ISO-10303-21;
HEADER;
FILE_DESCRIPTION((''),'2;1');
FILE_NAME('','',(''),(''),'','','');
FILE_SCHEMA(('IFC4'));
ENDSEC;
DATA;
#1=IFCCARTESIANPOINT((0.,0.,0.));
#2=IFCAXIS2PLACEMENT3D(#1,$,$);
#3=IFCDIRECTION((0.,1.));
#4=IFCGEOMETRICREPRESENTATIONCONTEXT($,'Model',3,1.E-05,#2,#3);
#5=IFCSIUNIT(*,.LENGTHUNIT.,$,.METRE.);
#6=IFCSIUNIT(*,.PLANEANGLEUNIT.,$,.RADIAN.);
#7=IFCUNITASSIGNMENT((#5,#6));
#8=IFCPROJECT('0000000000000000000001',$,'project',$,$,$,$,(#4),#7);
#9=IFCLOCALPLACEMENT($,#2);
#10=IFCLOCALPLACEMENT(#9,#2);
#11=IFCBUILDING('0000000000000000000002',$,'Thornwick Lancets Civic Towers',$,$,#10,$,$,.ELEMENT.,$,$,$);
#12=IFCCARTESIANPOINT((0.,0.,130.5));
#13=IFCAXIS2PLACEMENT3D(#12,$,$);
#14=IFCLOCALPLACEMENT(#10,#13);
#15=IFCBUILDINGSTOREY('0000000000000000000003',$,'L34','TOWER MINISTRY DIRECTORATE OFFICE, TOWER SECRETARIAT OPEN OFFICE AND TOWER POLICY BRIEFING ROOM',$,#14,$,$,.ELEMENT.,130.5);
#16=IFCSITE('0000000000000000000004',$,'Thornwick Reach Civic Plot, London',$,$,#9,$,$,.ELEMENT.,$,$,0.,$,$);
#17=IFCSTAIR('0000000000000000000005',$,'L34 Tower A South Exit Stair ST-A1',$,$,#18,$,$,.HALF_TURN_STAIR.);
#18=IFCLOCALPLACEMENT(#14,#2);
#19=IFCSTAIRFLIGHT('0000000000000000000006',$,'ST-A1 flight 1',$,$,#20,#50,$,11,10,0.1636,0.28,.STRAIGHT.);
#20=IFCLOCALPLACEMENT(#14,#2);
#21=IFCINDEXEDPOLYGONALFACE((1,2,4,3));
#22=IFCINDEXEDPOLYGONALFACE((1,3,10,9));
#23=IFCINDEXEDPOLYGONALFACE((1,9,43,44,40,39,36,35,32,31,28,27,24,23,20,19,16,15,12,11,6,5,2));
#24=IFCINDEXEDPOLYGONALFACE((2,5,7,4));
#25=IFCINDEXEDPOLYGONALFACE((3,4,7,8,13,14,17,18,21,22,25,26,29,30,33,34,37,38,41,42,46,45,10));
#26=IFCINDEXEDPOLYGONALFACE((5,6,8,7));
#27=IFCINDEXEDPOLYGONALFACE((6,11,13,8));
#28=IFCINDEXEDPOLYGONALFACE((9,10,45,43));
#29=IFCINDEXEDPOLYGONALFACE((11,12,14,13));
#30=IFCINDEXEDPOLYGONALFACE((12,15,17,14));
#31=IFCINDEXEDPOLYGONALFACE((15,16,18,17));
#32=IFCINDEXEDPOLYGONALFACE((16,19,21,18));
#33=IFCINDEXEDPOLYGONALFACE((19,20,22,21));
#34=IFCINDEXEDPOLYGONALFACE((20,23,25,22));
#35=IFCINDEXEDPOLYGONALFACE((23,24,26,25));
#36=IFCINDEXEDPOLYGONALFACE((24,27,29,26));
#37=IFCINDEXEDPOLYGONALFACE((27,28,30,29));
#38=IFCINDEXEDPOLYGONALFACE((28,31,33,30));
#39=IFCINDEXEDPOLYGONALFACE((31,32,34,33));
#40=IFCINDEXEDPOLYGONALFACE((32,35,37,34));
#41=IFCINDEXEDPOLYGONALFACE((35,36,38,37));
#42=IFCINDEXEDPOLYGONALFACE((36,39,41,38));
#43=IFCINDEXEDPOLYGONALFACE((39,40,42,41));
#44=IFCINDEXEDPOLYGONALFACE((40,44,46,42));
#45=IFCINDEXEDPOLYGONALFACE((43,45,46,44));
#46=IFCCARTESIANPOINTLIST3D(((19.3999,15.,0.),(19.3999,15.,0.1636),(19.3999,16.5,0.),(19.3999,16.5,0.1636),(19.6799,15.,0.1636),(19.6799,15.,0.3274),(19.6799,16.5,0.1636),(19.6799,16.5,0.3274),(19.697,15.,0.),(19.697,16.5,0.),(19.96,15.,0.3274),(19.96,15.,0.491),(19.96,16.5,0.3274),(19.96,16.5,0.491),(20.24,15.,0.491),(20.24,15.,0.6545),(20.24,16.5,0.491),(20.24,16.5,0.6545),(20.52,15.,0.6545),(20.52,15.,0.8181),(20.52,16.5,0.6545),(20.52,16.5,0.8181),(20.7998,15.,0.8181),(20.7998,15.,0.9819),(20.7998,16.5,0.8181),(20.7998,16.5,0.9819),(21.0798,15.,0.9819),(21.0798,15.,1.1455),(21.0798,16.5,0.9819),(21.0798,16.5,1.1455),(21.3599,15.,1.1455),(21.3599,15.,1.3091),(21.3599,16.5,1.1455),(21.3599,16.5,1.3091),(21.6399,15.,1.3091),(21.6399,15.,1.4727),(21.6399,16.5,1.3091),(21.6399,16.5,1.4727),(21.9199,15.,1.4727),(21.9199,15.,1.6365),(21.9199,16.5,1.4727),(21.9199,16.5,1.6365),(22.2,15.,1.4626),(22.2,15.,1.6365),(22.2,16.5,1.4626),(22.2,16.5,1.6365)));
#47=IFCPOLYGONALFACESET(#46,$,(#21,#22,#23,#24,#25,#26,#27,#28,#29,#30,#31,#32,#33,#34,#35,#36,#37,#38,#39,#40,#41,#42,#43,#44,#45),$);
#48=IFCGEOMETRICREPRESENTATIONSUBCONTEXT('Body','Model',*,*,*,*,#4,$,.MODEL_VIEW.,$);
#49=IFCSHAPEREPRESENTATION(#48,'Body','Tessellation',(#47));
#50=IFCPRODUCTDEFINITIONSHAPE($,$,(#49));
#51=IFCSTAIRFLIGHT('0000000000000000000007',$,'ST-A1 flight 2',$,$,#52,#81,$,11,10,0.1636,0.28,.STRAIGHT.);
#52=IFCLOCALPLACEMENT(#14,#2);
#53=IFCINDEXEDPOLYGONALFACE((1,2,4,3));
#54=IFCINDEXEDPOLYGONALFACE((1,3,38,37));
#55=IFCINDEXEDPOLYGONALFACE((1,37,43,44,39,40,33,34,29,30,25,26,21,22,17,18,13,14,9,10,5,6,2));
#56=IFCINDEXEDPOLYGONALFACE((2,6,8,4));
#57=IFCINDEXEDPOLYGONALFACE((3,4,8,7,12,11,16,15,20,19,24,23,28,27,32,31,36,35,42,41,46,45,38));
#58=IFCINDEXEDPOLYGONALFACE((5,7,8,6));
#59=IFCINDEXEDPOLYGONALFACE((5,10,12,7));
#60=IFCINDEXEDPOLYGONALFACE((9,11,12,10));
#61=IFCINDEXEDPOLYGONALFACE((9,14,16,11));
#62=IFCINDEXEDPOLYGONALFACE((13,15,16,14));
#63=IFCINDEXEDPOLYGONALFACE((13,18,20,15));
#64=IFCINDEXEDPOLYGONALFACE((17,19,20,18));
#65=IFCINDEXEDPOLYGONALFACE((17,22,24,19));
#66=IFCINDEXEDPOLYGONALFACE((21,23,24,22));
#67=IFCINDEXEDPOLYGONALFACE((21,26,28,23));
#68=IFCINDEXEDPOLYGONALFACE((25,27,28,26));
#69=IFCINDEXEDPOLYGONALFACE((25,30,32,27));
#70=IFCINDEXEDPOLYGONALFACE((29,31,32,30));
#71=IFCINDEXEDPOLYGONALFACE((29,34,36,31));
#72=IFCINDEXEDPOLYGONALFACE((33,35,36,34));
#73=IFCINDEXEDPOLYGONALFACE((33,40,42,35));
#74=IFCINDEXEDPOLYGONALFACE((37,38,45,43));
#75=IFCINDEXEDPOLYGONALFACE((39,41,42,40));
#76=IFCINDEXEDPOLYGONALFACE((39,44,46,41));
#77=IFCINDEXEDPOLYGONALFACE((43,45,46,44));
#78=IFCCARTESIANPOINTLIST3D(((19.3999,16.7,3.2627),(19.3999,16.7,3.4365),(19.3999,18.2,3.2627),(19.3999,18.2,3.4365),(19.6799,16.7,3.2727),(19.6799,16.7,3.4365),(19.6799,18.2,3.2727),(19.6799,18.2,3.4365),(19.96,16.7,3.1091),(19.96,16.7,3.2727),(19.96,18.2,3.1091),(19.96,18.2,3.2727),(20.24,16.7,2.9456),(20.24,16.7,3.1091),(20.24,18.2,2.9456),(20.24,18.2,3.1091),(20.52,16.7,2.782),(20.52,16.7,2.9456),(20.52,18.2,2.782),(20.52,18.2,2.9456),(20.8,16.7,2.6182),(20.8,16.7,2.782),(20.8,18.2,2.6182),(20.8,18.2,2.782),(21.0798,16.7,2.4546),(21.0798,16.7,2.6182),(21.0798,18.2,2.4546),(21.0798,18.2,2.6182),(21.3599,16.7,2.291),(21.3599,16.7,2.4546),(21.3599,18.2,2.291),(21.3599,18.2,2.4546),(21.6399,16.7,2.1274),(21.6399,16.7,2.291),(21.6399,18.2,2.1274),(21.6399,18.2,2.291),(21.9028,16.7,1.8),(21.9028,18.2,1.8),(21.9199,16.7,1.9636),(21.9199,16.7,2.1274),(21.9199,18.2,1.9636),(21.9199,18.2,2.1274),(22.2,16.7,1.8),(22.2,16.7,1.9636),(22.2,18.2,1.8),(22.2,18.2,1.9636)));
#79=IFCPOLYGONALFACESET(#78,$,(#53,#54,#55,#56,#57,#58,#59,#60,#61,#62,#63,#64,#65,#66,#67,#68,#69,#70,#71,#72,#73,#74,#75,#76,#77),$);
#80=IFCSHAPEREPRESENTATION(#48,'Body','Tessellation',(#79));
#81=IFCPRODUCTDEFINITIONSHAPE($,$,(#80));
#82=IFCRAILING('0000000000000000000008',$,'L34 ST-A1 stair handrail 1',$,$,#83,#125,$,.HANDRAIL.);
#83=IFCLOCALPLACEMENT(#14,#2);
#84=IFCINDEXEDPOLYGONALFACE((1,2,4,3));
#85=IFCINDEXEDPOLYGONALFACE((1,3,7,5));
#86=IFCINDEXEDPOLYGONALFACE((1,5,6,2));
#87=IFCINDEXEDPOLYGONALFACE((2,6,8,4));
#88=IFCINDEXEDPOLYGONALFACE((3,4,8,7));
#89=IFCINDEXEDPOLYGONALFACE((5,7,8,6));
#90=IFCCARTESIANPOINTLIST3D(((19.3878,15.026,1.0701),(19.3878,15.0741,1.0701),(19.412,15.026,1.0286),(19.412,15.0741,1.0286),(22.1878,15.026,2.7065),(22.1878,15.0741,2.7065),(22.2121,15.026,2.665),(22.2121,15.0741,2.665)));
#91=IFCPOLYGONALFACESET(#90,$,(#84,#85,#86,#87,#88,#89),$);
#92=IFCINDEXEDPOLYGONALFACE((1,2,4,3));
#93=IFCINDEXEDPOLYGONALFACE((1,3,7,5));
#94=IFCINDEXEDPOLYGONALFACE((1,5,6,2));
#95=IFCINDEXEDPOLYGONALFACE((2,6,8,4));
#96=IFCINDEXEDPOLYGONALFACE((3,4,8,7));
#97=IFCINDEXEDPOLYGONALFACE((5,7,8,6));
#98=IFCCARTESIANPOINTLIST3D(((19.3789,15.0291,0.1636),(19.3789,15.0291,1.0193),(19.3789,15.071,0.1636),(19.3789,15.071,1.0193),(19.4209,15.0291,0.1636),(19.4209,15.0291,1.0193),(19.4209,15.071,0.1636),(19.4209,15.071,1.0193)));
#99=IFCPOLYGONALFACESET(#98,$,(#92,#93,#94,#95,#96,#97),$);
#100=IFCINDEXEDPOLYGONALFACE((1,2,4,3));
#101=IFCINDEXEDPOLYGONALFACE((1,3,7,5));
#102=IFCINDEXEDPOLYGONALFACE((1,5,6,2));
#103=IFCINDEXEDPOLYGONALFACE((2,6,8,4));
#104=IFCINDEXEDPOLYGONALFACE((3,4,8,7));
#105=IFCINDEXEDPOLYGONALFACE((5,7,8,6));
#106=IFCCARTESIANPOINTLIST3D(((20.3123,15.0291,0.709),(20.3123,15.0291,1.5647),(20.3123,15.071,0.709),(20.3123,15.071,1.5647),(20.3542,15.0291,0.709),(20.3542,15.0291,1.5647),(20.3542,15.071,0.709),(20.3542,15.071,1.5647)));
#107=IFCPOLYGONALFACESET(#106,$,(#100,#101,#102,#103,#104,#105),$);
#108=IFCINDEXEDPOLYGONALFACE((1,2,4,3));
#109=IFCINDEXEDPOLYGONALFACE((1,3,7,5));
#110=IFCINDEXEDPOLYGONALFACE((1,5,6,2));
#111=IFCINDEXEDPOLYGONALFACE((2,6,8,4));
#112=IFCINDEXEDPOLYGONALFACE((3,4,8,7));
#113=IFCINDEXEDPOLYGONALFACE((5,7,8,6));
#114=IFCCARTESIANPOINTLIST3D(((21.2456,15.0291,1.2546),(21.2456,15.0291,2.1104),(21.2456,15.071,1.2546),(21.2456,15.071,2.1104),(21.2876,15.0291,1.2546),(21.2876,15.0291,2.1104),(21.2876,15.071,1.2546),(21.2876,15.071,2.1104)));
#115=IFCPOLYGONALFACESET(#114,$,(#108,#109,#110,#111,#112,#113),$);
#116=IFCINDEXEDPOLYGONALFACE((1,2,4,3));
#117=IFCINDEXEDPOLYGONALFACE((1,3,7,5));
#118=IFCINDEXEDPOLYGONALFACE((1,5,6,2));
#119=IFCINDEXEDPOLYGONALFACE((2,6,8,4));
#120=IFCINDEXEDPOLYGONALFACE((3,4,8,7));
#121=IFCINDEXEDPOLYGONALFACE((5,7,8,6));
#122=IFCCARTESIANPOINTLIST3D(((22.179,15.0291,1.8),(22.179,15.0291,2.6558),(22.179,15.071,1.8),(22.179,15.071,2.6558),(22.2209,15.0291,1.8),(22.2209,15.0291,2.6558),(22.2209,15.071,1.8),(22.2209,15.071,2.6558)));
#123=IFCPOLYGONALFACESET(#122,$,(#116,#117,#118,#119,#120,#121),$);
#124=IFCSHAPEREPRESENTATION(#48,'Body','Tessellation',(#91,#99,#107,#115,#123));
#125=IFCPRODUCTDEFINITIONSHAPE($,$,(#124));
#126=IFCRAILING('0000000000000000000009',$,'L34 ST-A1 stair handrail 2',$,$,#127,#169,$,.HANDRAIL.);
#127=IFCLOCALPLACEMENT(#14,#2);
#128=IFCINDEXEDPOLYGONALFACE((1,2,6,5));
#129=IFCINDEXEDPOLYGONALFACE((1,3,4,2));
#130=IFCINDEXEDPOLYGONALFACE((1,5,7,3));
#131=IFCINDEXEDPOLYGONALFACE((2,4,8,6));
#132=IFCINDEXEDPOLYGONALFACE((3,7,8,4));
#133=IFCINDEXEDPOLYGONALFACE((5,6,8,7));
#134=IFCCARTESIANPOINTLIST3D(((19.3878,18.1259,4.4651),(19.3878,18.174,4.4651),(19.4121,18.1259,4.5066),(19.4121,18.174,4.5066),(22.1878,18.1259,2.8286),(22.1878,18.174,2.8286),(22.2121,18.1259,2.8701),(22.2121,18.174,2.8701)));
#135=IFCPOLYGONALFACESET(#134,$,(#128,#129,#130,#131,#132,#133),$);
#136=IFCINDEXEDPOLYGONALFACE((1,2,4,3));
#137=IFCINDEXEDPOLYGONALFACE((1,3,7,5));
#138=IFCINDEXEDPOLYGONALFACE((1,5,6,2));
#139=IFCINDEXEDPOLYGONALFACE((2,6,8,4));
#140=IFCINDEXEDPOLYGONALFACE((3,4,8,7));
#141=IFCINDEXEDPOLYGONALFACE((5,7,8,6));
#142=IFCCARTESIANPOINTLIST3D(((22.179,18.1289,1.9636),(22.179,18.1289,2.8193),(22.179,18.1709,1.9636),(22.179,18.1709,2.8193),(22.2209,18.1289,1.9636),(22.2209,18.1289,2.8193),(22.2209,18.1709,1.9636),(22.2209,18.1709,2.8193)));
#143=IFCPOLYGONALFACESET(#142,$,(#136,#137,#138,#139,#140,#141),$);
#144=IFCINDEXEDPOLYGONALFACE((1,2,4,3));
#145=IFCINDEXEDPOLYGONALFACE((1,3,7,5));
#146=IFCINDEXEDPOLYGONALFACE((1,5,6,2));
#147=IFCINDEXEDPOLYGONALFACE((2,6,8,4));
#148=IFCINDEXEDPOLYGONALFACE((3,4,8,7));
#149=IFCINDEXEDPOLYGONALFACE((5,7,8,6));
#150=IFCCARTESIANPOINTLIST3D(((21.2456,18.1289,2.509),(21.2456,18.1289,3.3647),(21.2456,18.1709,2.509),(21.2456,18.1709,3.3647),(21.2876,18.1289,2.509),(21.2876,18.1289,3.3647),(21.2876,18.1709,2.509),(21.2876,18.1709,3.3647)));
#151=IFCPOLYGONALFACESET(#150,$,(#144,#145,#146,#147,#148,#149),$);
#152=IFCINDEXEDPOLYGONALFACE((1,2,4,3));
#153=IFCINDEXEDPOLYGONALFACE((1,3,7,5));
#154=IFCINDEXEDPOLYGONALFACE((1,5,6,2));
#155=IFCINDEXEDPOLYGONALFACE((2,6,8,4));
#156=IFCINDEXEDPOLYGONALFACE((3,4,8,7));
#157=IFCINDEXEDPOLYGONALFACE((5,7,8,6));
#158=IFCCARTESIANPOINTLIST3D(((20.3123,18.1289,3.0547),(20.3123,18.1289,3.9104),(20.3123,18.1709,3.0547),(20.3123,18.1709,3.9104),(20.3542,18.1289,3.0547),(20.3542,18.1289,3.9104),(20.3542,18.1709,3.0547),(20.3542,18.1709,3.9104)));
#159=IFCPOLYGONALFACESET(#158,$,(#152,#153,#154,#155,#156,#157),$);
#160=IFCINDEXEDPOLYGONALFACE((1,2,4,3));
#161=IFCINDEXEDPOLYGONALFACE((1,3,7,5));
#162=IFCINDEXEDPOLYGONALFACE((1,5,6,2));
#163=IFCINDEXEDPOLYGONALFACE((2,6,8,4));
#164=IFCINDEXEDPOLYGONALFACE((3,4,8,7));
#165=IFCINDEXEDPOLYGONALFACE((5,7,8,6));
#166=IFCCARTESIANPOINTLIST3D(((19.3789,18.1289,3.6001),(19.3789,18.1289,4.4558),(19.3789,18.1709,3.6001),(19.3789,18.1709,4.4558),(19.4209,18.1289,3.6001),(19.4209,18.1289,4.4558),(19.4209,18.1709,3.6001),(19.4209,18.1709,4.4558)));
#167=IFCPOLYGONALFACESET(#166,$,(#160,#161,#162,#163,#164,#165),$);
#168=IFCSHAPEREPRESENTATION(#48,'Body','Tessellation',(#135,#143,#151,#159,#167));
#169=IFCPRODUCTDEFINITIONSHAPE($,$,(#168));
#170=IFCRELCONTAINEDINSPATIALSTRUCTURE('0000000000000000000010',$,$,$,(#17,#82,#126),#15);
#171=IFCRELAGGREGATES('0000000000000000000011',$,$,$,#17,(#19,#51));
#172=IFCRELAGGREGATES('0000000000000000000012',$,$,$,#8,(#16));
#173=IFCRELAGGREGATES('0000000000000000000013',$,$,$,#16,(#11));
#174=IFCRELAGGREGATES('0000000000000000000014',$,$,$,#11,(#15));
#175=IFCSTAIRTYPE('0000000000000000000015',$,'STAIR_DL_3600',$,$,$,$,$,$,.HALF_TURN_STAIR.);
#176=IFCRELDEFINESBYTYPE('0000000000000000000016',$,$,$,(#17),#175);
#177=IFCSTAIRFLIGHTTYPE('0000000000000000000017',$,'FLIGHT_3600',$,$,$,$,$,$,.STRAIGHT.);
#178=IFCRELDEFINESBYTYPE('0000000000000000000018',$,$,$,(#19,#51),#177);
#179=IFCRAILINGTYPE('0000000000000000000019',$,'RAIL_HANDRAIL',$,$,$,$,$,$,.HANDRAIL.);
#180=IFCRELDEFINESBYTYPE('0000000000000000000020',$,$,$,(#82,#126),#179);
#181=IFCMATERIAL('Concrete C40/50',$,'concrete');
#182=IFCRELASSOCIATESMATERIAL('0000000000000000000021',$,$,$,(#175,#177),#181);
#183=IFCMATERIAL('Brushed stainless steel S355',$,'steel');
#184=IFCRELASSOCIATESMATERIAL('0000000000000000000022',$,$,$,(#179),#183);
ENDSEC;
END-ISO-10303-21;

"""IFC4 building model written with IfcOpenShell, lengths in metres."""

from ifc_helpers import new_model, si_unit, direction, frame, origin, origin_2d, place, context, subcontext, project, spatial, polyline, rectangle, outline, extrude, material, type_object, element, aggregate, save


model = new_model("IFC4")

# Units and contexts
model_context = context("Model", 3, precision=1e-05, world=origin(), true_north=direction((0.0, 1.0)))
body_context = subcontext(model_context, "Body", "Model", "MODEL_VIEW")
ifc_project = project(units=[si_unit("LENGTHUNIT", "METRE"), si_unit("PLANEANGLEUNIT", "RADIAN")], contexts=[model_context])

# Site, building, storey
site_placement = place(None, origin())
site = spatial("IfcSite", under=ifc_project, at=site_placement, Name="Thornwick Reach Civic Plot, London", CompositionType="ELEMENT", RefElevation=0.0)
building_placement = place(site_placement, origin())
building = spatial("IfcBuilding", under=site, at=building_placement, Name="Thornwick Lancets Civic Towers", CompositionType="ELEMENT")
storey_placement = place(building_placement, frame((0.0, 0.0, 130.5)))
storey = spatial("IfcBuildingStorey", under=building, at=storey_placement, Name="L34", Description="TOWER MINISTRY DIRECTORATE OFFICE, TOWER SECRETARIAT OPEN OFFICE AND TOWER POLICY BRIEFING ROOM", CompositionType="ELEMENT", Elevation=130.5)

# Shared definitions
ifc_material_1 = material(Name="Concrete C40/50", Category="concrete")

# Stair, stair flights
stair_type = type_object("IfcStairType", Name="STAIR_DL_3600", PredefinedType="HALF_TURN_STAIR", material=ifc_material_1)
stair_placement = place(storey_placement, origin())
stair = element("IfcStair", 1, at=stair_placement, inside=storey, type_object=stair_type, Name="L34 Tower A South Exit Stair ST-A1", PredefinedType="HALF_TURN_STAIR")
stair_flight_type = type_object("IfcStairFlightType", Name="FLIGHT_3600", PredefinedType="STRAIGHT", material=ifc_material_1)
stair_flight_1_placement = place(storey_placement, frame((19.3999, 15.75, 0.0), z_axis=(0.0, 0.0, 1.0), x_axis=(1.0, 0.0, 0.0)))
stair_flight_1 = element("IfcStairFlight", 2, at=stair_flight_1_placement, type_object=stair_flight_type, Name="ST-A1 flight 1", NumberOfRisers=11, NumberOfTreads=10, PredefinedType="STRAIGHT", RiserHeight=0.1636, TreadLength=0.28, context=body_context, shape_type="SweptSolid", body=[
    extrude(outline(polyline([(0.0, 0.0), (0.0, 0.1636), (0.28, 0.1636), (0.28, 0.3274), (0.5601, 0.3274), (0.5601, 0.491), (0.8401, 0.491), (0.8401, 0.6545), (1.1201, 0.6545), (1.1201, 0.8181), (1.3999, 0.8181), (1.3999, 0.9819), (1.6799, 0.9819), (1.6799, 1.1455), (1.96, 1.1455), (1.96, 1.3091), (2.24, 1.3091), (2.24, 1.4727), (2.52, 1.4727), (2.52, 1.6365), (2.8, 1.6365), (2.8, 1.8), (2.8, 1.4626), (0.2971, 0.0), (0.0, 0.0)])), frame((0.0, 0.75, 0.0), z_axis=(0.0, -1.0, 0.0), x_axis=(1.0, 0.0, 0.0)), (0.0, 0.0, 1.0), 1.5),
])
stair_flight_2_placement = place(storey_placement, frame((22.2, 17.45, 1.8), z_axis=(0.0, 0.0, 1.0), x_axis=(-1.0, 0.0, 0.0)))
stair_flight_2 = element("IfcStairFlight", 3, at=stair_flight_2_placement, type_object=stair_flight_type, Name="ST-A1 flight 2", NumberOfRisers=11, NumberOfTreads=10, PredefinedType="STRAIGHT", RiserHeight=0.1636, TreadLength=0.28, context=body_context, shape_type="SweptSolid", body=[
    extrude(outline(polyline([(0.0, 0.0), (0.0, 0.1636), (0.28, 0.1636), (0.28, 0.3274), (0.5601, 0.3274), (0.5601, 0.491), (0.8401, 0.491), (0.8401, 0.6545), (1.1201, 0.6545), (1.1201, 0.8181), (1.3999, 0.8181), (1.3999, 0.9819), (1.6799, 0.9819), (1.6799, 1.1455), (1.96, 1.1455), (1.96, 1.3091), (2.24, 1.3091), (2.24, 1.4727), (2.52, 1.4727), (2.52, 1.6365), (2.8, 1.6365), (2.8, 1.8), (2.8, 1.4626), (0.2971, 0.0), (0.0, 0.0)])), frame((0.0, 0.75, 0.0), z_axis=(0.0, -1.0, 0.0), x_axis=(1.0, 0.0, 0.0)), (0.0, 0.0, 1.0), 1.5),
])
aggregate(stair, [stair_flight_1, stair_flight_2])

# Railings
ifc_material_2 = material(Name="Brushed stainless steel S355", Category="steel")
railing_type_1 = type_object("IfcRailingType", Name="RAIL_HANDRAIL", PredefinedType="HANDRAIL", material=ifc_material_2)
railing_1_placement = place(storey_placement, frame((19.3999, 15.05, 0.1636)))
element("IfcRailing", 4, at=railing_1_placement, inside=storey, type_object=railing_type_1, Name="L34 ST-A1 stair handrail 1", PredefinedType="HANDRAIL", context=body_context, shape_type="SweptSolid", body=[
    extrude(rectangle(XDim=0.0481, YDim=0.0481, at=origin_2d()), frame((0.0, 0.0, 0.8857), z_axis=(0.863361, 0.0, 0.504587), x_axis=(0.0, 1.0, 0.0)), (0.0, 0.0, 1.0), 3.2432),
    extrude(rectangle(XDim=0.042, YDim=0.042, at=origin_2d()), origin(), (0.0, 0.0, 1.0), 0.8557),
    extrude(rectangle(XDim=0.042, YDim=0.042, at=origin_2d()), frame((0.9333, 0.0, 0.5454)), (0.0, 0.0, 1.0), 0.8557),
    extrude(rectangle(XDim=0.042, YDim=0.042, at=origin_2d()), frame((1.8667, 0.0, 1.0911)), (0.0, 0.0, 1.0), 0.8557),
    extrude(rectangle(XDim=0.042, YDim=0.042, at=origin_2d()), frame((2.8, 0.0, 1.6365)), (0.0, 0.0, 1.0), 0.8557),
])
railing_2_placement = place(storey_placement, frame((22.2, 18.1499, 1.9636)))
element("IfcRailing", 5, at=railing_2_placement, inside=storey, type_object=railing_type_1, Name="L34 ST-A1 stair handrail 2", PredefinedType="HANDRAIL", context=body_context, shape_type="SweptSolid", body=[
    extrude(rectangle(XDim=0.0481, YDim=0.0481, at=origin_2d()), frame((0.0, 0.0, 0.8857), z_axis=(-0.863361, 0.0, 0.504587), x_axis=(0.0, -1.0, 0.0)), (0.0, 0.0, 1.0), 3.2432),
    extrude(rectangle(XDim=0.042, YDim=0.042, at=origin_2d()), origin(), (0.0, 0.0, 1.0), 0.8557),
    extrude(rectangle(XDim=0.042, YDim=0.042, at=origin_2d()), frame((-0.9333, 0.0, 0.5454)), (0.0, 0.0, 1.0), 0.8557),
    extrude(rectangle(XDim=0.042, YDim=0.042, at=origin_2d()), frame((-1.8667, 0.0, 1.0911)), (0.0, 0.0, 1.0), 0.8557),
    extrude(rectangle(XDim=0.042, YDim=0.042, at=origin_2d()), frame((-2.8, 0.0, 1.6365)), (0.0, 0.0, 1.0), 0.8557),
])

save(model, "model.ifc")
